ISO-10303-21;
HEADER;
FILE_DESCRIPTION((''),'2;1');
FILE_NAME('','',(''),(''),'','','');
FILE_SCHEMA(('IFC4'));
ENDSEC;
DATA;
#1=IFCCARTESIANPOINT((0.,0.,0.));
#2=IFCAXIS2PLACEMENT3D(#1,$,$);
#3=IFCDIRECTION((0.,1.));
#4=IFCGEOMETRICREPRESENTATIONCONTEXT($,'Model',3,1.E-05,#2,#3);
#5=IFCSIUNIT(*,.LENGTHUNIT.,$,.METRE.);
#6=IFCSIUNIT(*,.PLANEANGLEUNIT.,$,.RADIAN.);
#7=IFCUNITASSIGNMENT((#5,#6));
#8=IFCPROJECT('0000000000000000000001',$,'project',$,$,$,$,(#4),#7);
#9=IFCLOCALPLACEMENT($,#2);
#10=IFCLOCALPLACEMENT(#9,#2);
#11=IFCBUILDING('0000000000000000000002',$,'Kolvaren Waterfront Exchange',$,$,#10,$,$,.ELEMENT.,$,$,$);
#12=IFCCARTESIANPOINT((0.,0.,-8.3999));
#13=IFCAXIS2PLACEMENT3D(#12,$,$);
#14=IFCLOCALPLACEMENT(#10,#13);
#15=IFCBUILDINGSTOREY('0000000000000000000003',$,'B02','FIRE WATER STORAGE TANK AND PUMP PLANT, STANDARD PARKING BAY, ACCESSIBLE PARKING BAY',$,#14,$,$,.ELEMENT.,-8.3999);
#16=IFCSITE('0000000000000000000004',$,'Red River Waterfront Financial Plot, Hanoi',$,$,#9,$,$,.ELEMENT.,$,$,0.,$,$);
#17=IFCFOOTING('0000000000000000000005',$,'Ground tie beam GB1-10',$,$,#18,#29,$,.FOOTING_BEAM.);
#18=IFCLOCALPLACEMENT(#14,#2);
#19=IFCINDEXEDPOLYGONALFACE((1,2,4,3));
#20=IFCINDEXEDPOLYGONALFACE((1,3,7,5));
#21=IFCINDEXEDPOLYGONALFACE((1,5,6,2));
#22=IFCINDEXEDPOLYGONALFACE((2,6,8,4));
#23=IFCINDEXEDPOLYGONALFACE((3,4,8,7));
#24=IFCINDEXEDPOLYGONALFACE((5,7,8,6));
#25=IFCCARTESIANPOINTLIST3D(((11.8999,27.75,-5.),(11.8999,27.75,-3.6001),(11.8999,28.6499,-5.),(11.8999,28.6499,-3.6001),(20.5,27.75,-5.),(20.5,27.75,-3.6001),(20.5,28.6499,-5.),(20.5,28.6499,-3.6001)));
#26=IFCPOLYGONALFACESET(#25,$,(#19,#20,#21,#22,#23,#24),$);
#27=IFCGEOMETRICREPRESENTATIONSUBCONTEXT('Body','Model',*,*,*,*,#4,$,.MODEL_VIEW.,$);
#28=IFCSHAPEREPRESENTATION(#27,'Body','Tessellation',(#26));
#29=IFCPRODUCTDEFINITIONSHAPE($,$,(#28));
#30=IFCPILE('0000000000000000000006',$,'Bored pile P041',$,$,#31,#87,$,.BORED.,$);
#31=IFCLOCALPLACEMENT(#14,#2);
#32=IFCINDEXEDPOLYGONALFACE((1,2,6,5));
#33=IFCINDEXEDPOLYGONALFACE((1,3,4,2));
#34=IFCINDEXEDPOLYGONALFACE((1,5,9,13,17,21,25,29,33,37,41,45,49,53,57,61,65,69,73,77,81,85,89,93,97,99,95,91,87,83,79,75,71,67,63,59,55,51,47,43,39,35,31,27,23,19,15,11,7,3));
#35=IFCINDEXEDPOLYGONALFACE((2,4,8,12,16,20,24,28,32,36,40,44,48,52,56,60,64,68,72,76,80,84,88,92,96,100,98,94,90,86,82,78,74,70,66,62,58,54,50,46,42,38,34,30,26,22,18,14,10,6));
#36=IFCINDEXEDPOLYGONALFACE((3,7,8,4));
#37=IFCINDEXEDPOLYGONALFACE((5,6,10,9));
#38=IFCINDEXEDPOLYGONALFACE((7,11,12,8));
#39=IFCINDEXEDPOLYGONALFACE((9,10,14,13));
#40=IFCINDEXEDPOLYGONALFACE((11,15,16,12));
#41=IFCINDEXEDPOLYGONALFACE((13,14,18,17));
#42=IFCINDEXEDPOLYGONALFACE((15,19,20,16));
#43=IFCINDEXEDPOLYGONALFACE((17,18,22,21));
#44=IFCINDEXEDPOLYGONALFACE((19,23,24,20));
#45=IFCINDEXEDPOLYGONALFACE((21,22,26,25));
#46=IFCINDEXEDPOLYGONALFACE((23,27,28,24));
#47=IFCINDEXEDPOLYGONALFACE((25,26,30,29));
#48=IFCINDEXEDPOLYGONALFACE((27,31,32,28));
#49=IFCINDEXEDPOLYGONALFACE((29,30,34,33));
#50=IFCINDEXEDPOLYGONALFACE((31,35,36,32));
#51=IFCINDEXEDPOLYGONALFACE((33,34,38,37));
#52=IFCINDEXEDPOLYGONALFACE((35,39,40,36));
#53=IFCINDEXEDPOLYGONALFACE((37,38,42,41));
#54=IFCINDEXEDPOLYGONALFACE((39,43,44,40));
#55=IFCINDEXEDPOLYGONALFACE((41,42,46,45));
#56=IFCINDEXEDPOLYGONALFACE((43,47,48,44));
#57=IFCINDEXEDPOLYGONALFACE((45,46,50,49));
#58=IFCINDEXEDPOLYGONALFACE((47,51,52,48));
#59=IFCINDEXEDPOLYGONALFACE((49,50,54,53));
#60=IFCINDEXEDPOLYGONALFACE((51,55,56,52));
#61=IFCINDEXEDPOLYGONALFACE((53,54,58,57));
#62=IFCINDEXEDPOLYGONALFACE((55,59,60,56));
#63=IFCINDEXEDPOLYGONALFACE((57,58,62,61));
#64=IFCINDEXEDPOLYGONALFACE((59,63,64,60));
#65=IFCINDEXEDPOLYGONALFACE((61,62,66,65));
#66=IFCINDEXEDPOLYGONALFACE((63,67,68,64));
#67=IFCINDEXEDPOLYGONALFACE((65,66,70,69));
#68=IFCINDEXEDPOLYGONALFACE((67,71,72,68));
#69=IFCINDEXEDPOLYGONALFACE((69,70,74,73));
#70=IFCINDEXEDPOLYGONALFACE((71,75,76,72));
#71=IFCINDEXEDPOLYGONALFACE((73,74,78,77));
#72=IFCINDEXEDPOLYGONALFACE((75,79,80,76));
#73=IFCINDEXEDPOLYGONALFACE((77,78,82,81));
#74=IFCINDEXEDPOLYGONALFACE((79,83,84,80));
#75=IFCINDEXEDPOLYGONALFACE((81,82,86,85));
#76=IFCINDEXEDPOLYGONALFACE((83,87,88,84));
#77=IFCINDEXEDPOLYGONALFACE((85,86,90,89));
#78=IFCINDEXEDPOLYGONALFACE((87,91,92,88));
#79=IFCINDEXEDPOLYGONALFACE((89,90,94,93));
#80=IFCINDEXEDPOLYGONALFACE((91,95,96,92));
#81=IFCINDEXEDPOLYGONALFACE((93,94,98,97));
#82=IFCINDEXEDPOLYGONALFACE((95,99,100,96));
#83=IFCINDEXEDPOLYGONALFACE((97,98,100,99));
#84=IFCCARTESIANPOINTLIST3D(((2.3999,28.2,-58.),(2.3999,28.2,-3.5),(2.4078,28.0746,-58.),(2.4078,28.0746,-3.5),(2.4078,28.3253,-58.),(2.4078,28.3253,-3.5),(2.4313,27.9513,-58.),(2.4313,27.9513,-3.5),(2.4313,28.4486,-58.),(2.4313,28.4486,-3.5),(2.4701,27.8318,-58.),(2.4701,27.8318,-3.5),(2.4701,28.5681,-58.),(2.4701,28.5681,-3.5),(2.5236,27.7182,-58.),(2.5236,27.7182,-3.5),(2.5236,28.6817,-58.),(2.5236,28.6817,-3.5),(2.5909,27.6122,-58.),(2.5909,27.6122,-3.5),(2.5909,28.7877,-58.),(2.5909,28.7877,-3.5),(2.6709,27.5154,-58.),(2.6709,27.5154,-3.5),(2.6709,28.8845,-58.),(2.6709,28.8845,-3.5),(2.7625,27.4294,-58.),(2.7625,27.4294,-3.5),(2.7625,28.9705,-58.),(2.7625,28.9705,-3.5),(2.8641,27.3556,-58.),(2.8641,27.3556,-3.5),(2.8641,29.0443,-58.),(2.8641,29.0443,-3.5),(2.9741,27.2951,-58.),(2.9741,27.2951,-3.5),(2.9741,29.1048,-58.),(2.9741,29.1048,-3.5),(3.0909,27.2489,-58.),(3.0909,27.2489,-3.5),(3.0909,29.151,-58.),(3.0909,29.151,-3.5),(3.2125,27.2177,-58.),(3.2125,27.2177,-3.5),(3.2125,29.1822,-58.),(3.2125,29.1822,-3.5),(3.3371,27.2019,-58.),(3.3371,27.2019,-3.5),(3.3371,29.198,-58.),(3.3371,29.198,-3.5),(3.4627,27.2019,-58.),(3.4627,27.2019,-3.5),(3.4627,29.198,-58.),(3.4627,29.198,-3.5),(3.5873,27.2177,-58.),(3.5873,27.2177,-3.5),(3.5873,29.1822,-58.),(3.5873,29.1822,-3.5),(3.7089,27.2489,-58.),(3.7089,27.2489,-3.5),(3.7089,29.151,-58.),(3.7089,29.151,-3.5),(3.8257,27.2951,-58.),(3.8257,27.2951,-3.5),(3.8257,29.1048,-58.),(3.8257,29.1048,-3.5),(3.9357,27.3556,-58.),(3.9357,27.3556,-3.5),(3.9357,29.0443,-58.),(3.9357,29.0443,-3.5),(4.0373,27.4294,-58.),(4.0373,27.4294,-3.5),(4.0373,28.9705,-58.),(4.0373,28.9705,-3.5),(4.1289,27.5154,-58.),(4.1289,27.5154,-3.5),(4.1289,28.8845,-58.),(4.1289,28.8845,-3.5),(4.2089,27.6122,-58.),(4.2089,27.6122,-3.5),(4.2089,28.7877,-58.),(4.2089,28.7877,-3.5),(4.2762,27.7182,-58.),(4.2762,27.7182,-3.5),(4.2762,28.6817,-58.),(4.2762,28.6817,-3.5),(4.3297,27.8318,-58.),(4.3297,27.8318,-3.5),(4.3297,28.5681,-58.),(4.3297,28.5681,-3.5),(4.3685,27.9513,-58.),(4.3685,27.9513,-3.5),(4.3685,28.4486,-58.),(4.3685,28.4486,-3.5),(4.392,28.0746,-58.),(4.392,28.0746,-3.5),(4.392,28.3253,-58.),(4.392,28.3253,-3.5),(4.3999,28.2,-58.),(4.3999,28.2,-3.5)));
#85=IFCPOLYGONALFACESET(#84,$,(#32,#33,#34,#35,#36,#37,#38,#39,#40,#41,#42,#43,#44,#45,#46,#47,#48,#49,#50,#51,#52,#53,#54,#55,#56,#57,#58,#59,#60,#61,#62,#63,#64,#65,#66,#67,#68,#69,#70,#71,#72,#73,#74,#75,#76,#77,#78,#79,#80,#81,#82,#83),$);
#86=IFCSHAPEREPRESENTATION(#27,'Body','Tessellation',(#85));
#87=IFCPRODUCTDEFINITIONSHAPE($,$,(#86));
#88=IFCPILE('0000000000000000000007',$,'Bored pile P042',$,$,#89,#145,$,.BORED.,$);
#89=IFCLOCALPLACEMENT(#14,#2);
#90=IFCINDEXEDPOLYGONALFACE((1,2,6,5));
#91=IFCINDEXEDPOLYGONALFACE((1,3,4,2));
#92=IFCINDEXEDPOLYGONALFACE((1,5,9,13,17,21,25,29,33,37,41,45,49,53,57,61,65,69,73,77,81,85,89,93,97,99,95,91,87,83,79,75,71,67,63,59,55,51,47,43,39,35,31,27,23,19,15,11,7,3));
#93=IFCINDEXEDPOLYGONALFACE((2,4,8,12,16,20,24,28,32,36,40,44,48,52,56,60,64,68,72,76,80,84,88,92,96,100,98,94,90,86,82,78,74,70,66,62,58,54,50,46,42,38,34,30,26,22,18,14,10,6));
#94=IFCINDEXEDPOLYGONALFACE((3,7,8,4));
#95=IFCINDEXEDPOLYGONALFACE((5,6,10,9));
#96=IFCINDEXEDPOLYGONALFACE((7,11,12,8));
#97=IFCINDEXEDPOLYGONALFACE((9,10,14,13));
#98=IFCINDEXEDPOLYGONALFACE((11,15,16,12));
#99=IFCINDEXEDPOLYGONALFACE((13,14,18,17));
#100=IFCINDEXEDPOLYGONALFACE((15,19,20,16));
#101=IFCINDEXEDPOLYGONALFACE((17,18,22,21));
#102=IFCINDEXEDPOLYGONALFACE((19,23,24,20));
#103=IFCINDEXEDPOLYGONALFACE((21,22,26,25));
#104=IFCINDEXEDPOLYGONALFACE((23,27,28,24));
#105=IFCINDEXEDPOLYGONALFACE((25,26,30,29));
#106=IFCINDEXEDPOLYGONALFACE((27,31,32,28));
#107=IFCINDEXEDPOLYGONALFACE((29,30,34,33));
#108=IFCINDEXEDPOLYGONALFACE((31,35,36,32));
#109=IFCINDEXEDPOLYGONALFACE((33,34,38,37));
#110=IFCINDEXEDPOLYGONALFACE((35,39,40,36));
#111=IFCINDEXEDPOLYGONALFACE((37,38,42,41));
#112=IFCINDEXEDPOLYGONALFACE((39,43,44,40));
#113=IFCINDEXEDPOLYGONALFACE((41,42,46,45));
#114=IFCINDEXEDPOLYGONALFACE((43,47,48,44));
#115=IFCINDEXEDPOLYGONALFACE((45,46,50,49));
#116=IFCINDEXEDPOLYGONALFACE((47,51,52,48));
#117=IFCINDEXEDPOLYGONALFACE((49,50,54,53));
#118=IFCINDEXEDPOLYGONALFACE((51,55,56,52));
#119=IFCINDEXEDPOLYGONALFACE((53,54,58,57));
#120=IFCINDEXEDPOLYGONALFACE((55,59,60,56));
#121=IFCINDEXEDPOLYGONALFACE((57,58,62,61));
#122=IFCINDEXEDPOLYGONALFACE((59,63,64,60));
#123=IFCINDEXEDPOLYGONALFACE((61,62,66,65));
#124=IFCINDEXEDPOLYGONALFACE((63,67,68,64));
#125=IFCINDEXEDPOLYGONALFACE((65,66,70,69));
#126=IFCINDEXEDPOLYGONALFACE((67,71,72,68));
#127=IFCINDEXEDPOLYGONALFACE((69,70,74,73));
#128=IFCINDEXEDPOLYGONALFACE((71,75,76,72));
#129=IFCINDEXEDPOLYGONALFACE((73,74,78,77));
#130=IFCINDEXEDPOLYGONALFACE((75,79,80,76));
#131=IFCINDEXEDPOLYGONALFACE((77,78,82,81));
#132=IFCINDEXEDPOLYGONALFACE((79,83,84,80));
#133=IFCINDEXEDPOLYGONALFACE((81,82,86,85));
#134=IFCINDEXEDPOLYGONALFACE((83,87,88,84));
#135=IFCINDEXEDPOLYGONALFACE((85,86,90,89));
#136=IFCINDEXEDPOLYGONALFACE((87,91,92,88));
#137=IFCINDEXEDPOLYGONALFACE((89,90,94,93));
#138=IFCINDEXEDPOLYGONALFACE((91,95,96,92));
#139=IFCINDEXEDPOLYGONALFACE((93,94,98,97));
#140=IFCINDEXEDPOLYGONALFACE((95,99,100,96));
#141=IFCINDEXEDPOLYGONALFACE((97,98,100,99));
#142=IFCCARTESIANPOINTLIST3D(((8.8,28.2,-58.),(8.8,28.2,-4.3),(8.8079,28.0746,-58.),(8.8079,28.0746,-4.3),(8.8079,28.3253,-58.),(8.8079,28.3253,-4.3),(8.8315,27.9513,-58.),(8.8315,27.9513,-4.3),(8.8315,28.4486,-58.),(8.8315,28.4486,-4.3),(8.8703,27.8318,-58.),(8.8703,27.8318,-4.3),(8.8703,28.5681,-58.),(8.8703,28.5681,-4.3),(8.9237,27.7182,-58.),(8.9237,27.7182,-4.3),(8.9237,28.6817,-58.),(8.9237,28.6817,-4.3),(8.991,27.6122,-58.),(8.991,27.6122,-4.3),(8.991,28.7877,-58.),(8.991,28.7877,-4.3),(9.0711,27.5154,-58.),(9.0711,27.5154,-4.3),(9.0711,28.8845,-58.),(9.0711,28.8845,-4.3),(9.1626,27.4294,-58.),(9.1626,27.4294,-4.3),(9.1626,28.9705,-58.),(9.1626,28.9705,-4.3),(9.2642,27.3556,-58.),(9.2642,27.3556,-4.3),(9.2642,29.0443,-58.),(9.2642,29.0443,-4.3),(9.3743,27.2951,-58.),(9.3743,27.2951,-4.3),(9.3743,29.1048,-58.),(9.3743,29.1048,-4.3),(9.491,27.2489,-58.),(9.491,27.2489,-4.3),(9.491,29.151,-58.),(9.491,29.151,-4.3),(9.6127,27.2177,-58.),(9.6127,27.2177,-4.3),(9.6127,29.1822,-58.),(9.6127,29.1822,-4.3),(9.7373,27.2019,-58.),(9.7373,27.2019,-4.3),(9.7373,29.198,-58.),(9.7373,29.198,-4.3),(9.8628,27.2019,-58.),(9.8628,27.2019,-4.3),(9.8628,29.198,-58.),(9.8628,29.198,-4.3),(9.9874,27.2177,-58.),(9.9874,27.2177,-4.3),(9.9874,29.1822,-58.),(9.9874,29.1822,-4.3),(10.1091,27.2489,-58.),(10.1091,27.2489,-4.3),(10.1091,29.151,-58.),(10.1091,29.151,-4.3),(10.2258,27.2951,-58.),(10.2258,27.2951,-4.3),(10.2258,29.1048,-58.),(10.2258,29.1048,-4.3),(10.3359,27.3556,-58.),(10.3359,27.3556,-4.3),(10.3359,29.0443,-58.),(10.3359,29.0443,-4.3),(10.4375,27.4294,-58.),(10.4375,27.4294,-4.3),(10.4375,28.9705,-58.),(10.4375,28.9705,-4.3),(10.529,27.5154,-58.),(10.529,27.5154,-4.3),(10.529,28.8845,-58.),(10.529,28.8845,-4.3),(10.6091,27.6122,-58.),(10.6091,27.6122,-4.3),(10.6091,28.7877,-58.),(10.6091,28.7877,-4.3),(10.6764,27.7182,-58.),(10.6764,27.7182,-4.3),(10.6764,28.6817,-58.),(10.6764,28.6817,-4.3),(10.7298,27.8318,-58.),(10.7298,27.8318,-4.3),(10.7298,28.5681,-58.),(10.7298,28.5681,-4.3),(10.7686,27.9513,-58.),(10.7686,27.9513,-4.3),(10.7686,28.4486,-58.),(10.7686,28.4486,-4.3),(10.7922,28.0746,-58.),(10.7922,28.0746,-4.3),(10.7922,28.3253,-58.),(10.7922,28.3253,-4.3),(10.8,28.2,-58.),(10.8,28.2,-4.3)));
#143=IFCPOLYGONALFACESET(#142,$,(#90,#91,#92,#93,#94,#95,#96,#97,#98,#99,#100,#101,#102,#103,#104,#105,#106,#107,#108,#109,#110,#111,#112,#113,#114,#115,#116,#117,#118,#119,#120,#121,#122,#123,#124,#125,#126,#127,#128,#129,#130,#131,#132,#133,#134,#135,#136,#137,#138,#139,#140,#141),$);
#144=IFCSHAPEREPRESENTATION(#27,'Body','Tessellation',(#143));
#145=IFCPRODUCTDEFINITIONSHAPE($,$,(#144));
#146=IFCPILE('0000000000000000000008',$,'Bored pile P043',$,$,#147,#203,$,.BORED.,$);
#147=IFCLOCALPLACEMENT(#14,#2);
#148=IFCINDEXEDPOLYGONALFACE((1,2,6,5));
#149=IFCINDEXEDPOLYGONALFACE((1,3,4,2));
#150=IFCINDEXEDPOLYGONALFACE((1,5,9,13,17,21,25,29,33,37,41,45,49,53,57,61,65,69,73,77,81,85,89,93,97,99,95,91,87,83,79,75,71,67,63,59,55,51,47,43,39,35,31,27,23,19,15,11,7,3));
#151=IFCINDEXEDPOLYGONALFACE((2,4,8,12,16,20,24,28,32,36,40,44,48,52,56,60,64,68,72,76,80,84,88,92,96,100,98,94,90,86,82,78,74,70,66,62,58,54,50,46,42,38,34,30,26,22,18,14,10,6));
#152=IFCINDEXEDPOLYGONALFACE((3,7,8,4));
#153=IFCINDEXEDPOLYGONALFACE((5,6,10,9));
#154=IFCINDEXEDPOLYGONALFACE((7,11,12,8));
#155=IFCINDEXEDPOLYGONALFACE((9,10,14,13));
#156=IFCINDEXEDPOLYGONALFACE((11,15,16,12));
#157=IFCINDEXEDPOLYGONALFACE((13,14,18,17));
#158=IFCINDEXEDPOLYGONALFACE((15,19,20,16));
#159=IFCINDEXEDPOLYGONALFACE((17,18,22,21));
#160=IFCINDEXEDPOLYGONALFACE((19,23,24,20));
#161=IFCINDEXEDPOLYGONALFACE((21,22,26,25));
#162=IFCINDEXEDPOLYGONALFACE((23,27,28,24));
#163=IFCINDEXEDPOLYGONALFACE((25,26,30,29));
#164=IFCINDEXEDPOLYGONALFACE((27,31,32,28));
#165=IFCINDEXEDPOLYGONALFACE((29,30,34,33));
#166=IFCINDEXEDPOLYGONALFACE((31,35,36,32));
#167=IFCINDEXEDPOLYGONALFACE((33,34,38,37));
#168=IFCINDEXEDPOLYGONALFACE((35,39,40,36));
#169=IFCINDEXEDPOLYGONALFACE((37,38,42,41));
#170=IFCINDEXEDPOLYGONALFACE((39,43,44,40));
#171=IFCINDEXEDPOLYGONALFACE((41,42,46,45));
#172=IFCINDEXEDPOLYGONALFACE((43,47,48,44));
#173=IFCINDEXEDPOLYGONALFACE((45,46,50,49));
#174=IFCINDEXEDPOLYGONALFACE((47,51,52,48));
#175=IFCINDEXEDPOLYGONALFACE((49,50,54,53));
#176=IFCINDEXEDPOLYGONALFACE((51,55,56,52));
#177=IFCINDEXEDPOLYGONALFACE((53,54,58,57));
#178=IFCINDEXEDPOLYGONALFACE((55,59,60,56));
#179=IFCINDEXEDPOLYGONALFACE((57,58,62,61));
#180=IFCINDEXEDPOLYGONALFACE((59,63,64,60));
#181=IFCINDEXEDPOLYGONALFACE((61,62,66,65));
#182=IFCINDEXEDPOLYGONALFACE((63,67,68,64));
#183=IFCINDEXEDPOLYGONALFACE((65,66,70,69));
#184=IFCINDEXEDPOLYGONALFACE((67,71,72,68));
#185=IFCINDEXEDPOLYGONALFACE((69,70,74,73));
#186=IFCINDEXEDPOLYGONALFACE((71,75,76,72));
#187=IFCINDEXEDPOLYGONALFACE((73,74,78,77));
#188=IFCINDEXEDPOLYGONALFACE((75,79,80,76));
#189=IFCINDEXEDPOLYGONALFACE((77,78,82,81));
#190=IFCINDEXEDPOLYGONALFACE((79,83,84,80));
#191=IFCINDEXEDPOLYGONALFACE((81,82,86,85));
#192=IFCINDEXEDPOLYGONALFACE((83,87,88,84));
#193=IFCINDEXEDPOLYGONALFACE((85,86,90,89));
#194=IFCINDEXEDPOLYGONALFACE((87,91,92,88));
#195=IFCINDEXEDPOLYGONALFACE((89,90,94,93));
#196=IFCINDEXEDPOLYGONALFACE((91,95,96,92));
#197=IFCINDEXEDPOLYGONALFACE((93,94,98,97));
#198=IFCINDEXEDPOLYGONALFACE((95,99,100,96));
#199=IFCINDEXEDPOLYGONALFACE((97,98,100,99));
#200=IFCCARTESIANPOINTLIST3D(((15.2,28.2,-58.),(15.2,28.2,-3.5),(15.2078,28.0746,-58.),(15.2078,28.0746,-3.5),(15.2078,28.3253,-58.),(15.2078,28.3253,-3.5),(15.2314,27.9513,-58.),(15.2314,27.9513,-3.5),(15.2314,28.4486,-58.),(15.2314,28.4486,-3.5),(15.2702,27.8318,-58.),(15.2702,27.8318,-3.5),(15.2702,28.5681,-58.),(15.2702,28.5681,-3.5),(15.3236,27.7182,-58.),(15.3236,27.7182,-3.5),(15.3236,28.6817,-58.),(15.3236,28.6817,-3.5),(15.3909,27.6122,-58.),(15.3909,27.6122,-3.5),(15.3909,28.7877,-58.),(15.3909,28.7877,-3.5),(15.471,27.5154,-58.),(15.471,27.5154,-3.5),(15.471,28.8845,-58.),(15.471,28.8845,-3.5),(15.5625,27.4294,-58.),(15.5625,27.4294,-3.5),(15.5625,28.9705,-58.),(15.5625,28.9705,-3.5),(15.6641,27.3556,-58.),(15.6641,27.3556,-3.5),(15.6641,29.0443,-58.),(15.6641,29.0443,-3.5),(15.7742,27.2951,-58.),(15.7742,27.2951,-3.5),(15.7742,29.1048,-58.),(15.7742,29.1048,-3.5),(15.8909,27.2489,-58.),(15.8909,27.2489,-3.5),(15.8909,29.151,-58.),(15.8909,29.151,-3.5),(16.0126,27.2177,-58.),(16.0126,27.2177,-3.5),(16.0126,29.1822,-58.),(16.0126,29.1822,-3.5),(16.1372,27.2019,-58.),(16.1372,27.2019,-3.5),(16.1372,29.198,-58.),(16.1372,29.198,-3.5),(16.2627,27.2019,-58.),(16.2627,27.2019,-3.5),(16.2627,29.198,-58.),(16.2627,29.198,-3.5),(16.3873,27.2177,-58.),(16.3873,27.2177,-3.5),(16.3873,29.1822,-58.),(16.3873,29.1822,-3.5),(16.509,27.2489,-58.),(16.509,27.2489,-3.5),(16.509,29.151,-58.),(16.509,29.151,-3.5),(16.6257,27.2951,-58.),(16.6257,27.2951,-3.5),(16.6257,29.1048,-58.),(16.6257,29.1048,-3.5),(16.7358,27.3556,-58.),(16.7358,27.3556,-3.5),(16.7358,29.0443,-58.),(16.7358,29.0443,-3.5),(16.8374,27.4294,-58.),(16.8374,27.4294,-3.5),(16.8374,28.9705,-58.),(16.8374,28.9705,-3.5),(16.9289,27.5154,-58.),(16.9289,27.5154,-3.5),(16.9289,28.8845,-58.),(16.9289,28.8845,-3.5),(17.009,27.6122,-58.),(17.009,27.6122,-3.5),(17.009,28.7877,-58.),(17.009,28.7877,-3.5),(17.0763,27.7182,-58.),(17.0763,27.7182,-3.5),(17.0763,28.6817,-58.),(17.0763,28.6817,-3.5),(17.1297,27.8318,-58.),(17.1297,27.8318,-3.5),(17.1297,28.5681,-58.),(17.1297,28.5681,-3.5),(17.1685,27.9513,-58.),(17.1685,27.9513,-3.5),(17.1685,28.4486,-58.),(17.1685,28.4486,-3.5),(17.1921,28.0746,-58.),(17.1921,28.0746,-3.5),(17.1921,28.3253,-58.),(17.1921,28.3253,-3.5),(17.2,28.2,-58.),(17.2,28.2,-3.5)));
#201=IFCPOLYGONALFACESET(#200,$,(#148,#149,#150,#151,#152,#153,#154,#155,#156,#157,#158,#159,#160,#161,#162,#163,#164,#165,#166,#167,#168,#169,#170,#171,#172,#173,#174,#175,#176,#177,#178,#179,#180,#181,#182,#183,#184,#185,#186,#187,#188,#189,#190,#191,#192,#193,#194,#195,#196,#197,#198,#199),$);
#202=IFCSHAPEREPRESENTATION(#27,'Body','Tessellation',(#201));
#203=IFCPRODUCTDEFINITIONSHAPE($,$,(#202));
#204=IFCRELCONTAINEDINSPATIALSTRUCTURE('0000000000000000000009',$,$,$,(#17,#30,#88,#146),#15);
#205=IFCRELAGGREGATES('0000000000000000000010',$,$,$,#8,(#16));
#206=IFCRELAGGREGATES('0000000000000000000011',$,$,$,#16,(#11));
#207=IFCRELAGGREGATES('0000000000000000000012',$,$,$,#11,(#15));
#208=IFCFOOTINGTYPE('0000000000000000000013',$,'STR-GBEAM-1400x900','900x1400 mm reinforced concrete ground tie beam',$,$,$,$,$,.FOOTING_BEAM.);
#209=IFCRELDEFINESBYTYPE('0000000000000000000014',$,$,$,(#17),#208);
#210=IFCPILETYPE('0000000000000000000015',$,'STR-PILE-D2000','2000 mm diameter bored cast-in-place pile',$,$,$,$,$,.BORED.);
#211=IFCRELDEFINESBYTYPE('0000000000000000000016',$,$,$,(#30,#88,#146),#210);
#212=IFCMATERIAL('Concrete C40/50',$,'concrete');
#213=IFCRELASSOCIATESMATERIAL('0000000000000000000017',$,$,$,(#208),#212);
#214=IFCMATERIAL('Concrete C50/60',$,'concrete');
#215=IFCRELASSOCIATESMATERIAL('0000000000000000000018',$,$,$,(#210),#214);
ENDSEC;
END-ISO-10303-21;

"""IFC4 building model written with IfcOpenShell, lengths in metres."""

from ifc_helpers import new_model, si_unit, direction, frame, origin, origin_2d, place, context, subcontext, project, spatial, rectangle, circle, extrude, material, material_profile, profile_set, type_object, element, save


model = new_model("IFC4")

# Units and contexts
model_context = context("Model", 3, precision=1e-05, world=origin(), true_north=direction((0.0, 1.0)))
body_context = subcontext(model_context, "Body", "Model", "MODEL_VIEW")
ifc_project = project(units=[si_unit("LENGTHUNIT", "METRE"), si_unit("PLANEANGLEUNIT", "RADIAN")], contexts=[model_context])

# Site, building, storey
site_placement = place(None, origin())
site = spatial("IfcSite", under=ifc_project, at=site_placement, Name="Red River Waterfront Financial Plot, Hanoi", CompositionType="ELEMENT", RefElevation=0.0)
building_placement = place(site_placement, origin())
building = spatial("IfcBuilding", under=site, at=building_placement, Name="Kolvaren Waterfront Exchange", CompositionType="ELEMENT")
storey_placement = place(building_placement, frame((0.0, 0.0, -8.3999)))
storey = spatial("IfcBuildingStorey", under=building, at=storey_placement, Name="B02", Description="FIRE WATER STORAGE TANK AND PUMP PLANT, STANDARD PARKING BAY, ACCESSIBLE PARKING BAY", CompositionType="ELEMENT", Elevation=-8.3999)

# Footing
ifc_material_1 = material(Name="Concrete C40/50", Category="concrete")
ifc_material_profile_1 = material_profile(ifc_material_1, rectangle(XDim=0.8999, YDim=1.3999, at=origin_2d()), Name="RC-GB-1400x900")
ifc_profile_set_1 = profile_set([ifc_material_profile_1], Name="Concrete C40/50")
footing_type = type_object("IfcFootingType", Name="STR-GBEAM-1400x900", Description="900x1400 mm reinforced concrete ground tie beam", PredefinedType="FOOTING_BEAM", material=ifc_profile_set_1)
footing_placement = place(storey_placement, frame((11.8999, 28.2, -4.3), z_axis=(1.0, 0.0, 0.0), x_axis=(0.0, 1.0, 0.0)))
element("IfcFooting", 1, at=footing_placement, inside=storey, type_object=footing_type, Name="Ground tie beam GB1-10", PredefinedType="FOOTING_BEAM", context=body_context, shape_type="SweptSolid", body=[
    extrude(rectangle(XDim=0.8999, YDim=1.3999, at=origin_2d()), origin(), (0.0, 0.0, 1.0), 8.6001),
])

# Piles
ifc_material_2 = material(Name="Concrete C50/60", Category="concrete")
ifc_material_profile_2 = material_profile(ifc_material_2, circle(Radius=1.0, at=origin_2d()), Name="RC-PILE-D2000")
ifc_profile_set_2 = profile_set([ifc_material_profile_2], Name="Concrete C50/60")
pile_type = type_object("IfcPileType", Name="STR-PILE-D2000", Description="2000 mm diameter bored cast-in-place pile", PredefinedType="BORED", material=ifc_profile_set_2)
pile_1_placement = place(storey_placement, frame((3.3999, 28.2, -3.5), z_axis=(0.0, 0.0, -1.0), x_axis=(1.0, 0.0, 0.0)))
element("IfcPile", 2, at=pile_1_placement, inside=storey, type_object=pile_type, Name="Bored pile P041", PredefinedType="BORED", context=body_context, shape_type="SweptSolid", body=[
    extrude(circle(Radius=1.0, at=origin_2d()), origin(), (0.0, 0.0, 1.0), 54.5),
])
pile_2_placement = place(storey_placement, frame((9.8, 28.2, -4.3), z_axis=(0.0, 0.0, -1.0), x_axis=(1.0, 0.0, 0.0)))
element("IfcPile", 3, at=pile_2_placement, inside=storey, type_object=pile_type, Name="Bored pile P042", PredefinedType="BORED", context=body_context, shape_type="SweptSolid", body=[
    extrude(circle(Radius=1.0, at=origin_2d()), origin(), (0.0, 0.0, 1.0), 53.7),
])
for number, where, z_axis, x_axis, name in (
    (4, (16.2, 28.2, -3.5), (0.0, 0.0, -1.0), (1.0, 0.0, 0.0), "Bored pile P043"),
):
    element("IfcPile", number, at=place(storey_placement, frame(where, z_axis=z_axis, x_axis=x_axis)), inside=storey, type_object=pile_type, Name=name, PredefinedType="BORED", context=body_context, shape_type="SweptSolid", body=[
        extrude(circle(Radius=1.0, at=origin_2d()), origin(), (0.0, 0.0, 1.0), 54.5),
    ])

save(model, "model.ifc")
